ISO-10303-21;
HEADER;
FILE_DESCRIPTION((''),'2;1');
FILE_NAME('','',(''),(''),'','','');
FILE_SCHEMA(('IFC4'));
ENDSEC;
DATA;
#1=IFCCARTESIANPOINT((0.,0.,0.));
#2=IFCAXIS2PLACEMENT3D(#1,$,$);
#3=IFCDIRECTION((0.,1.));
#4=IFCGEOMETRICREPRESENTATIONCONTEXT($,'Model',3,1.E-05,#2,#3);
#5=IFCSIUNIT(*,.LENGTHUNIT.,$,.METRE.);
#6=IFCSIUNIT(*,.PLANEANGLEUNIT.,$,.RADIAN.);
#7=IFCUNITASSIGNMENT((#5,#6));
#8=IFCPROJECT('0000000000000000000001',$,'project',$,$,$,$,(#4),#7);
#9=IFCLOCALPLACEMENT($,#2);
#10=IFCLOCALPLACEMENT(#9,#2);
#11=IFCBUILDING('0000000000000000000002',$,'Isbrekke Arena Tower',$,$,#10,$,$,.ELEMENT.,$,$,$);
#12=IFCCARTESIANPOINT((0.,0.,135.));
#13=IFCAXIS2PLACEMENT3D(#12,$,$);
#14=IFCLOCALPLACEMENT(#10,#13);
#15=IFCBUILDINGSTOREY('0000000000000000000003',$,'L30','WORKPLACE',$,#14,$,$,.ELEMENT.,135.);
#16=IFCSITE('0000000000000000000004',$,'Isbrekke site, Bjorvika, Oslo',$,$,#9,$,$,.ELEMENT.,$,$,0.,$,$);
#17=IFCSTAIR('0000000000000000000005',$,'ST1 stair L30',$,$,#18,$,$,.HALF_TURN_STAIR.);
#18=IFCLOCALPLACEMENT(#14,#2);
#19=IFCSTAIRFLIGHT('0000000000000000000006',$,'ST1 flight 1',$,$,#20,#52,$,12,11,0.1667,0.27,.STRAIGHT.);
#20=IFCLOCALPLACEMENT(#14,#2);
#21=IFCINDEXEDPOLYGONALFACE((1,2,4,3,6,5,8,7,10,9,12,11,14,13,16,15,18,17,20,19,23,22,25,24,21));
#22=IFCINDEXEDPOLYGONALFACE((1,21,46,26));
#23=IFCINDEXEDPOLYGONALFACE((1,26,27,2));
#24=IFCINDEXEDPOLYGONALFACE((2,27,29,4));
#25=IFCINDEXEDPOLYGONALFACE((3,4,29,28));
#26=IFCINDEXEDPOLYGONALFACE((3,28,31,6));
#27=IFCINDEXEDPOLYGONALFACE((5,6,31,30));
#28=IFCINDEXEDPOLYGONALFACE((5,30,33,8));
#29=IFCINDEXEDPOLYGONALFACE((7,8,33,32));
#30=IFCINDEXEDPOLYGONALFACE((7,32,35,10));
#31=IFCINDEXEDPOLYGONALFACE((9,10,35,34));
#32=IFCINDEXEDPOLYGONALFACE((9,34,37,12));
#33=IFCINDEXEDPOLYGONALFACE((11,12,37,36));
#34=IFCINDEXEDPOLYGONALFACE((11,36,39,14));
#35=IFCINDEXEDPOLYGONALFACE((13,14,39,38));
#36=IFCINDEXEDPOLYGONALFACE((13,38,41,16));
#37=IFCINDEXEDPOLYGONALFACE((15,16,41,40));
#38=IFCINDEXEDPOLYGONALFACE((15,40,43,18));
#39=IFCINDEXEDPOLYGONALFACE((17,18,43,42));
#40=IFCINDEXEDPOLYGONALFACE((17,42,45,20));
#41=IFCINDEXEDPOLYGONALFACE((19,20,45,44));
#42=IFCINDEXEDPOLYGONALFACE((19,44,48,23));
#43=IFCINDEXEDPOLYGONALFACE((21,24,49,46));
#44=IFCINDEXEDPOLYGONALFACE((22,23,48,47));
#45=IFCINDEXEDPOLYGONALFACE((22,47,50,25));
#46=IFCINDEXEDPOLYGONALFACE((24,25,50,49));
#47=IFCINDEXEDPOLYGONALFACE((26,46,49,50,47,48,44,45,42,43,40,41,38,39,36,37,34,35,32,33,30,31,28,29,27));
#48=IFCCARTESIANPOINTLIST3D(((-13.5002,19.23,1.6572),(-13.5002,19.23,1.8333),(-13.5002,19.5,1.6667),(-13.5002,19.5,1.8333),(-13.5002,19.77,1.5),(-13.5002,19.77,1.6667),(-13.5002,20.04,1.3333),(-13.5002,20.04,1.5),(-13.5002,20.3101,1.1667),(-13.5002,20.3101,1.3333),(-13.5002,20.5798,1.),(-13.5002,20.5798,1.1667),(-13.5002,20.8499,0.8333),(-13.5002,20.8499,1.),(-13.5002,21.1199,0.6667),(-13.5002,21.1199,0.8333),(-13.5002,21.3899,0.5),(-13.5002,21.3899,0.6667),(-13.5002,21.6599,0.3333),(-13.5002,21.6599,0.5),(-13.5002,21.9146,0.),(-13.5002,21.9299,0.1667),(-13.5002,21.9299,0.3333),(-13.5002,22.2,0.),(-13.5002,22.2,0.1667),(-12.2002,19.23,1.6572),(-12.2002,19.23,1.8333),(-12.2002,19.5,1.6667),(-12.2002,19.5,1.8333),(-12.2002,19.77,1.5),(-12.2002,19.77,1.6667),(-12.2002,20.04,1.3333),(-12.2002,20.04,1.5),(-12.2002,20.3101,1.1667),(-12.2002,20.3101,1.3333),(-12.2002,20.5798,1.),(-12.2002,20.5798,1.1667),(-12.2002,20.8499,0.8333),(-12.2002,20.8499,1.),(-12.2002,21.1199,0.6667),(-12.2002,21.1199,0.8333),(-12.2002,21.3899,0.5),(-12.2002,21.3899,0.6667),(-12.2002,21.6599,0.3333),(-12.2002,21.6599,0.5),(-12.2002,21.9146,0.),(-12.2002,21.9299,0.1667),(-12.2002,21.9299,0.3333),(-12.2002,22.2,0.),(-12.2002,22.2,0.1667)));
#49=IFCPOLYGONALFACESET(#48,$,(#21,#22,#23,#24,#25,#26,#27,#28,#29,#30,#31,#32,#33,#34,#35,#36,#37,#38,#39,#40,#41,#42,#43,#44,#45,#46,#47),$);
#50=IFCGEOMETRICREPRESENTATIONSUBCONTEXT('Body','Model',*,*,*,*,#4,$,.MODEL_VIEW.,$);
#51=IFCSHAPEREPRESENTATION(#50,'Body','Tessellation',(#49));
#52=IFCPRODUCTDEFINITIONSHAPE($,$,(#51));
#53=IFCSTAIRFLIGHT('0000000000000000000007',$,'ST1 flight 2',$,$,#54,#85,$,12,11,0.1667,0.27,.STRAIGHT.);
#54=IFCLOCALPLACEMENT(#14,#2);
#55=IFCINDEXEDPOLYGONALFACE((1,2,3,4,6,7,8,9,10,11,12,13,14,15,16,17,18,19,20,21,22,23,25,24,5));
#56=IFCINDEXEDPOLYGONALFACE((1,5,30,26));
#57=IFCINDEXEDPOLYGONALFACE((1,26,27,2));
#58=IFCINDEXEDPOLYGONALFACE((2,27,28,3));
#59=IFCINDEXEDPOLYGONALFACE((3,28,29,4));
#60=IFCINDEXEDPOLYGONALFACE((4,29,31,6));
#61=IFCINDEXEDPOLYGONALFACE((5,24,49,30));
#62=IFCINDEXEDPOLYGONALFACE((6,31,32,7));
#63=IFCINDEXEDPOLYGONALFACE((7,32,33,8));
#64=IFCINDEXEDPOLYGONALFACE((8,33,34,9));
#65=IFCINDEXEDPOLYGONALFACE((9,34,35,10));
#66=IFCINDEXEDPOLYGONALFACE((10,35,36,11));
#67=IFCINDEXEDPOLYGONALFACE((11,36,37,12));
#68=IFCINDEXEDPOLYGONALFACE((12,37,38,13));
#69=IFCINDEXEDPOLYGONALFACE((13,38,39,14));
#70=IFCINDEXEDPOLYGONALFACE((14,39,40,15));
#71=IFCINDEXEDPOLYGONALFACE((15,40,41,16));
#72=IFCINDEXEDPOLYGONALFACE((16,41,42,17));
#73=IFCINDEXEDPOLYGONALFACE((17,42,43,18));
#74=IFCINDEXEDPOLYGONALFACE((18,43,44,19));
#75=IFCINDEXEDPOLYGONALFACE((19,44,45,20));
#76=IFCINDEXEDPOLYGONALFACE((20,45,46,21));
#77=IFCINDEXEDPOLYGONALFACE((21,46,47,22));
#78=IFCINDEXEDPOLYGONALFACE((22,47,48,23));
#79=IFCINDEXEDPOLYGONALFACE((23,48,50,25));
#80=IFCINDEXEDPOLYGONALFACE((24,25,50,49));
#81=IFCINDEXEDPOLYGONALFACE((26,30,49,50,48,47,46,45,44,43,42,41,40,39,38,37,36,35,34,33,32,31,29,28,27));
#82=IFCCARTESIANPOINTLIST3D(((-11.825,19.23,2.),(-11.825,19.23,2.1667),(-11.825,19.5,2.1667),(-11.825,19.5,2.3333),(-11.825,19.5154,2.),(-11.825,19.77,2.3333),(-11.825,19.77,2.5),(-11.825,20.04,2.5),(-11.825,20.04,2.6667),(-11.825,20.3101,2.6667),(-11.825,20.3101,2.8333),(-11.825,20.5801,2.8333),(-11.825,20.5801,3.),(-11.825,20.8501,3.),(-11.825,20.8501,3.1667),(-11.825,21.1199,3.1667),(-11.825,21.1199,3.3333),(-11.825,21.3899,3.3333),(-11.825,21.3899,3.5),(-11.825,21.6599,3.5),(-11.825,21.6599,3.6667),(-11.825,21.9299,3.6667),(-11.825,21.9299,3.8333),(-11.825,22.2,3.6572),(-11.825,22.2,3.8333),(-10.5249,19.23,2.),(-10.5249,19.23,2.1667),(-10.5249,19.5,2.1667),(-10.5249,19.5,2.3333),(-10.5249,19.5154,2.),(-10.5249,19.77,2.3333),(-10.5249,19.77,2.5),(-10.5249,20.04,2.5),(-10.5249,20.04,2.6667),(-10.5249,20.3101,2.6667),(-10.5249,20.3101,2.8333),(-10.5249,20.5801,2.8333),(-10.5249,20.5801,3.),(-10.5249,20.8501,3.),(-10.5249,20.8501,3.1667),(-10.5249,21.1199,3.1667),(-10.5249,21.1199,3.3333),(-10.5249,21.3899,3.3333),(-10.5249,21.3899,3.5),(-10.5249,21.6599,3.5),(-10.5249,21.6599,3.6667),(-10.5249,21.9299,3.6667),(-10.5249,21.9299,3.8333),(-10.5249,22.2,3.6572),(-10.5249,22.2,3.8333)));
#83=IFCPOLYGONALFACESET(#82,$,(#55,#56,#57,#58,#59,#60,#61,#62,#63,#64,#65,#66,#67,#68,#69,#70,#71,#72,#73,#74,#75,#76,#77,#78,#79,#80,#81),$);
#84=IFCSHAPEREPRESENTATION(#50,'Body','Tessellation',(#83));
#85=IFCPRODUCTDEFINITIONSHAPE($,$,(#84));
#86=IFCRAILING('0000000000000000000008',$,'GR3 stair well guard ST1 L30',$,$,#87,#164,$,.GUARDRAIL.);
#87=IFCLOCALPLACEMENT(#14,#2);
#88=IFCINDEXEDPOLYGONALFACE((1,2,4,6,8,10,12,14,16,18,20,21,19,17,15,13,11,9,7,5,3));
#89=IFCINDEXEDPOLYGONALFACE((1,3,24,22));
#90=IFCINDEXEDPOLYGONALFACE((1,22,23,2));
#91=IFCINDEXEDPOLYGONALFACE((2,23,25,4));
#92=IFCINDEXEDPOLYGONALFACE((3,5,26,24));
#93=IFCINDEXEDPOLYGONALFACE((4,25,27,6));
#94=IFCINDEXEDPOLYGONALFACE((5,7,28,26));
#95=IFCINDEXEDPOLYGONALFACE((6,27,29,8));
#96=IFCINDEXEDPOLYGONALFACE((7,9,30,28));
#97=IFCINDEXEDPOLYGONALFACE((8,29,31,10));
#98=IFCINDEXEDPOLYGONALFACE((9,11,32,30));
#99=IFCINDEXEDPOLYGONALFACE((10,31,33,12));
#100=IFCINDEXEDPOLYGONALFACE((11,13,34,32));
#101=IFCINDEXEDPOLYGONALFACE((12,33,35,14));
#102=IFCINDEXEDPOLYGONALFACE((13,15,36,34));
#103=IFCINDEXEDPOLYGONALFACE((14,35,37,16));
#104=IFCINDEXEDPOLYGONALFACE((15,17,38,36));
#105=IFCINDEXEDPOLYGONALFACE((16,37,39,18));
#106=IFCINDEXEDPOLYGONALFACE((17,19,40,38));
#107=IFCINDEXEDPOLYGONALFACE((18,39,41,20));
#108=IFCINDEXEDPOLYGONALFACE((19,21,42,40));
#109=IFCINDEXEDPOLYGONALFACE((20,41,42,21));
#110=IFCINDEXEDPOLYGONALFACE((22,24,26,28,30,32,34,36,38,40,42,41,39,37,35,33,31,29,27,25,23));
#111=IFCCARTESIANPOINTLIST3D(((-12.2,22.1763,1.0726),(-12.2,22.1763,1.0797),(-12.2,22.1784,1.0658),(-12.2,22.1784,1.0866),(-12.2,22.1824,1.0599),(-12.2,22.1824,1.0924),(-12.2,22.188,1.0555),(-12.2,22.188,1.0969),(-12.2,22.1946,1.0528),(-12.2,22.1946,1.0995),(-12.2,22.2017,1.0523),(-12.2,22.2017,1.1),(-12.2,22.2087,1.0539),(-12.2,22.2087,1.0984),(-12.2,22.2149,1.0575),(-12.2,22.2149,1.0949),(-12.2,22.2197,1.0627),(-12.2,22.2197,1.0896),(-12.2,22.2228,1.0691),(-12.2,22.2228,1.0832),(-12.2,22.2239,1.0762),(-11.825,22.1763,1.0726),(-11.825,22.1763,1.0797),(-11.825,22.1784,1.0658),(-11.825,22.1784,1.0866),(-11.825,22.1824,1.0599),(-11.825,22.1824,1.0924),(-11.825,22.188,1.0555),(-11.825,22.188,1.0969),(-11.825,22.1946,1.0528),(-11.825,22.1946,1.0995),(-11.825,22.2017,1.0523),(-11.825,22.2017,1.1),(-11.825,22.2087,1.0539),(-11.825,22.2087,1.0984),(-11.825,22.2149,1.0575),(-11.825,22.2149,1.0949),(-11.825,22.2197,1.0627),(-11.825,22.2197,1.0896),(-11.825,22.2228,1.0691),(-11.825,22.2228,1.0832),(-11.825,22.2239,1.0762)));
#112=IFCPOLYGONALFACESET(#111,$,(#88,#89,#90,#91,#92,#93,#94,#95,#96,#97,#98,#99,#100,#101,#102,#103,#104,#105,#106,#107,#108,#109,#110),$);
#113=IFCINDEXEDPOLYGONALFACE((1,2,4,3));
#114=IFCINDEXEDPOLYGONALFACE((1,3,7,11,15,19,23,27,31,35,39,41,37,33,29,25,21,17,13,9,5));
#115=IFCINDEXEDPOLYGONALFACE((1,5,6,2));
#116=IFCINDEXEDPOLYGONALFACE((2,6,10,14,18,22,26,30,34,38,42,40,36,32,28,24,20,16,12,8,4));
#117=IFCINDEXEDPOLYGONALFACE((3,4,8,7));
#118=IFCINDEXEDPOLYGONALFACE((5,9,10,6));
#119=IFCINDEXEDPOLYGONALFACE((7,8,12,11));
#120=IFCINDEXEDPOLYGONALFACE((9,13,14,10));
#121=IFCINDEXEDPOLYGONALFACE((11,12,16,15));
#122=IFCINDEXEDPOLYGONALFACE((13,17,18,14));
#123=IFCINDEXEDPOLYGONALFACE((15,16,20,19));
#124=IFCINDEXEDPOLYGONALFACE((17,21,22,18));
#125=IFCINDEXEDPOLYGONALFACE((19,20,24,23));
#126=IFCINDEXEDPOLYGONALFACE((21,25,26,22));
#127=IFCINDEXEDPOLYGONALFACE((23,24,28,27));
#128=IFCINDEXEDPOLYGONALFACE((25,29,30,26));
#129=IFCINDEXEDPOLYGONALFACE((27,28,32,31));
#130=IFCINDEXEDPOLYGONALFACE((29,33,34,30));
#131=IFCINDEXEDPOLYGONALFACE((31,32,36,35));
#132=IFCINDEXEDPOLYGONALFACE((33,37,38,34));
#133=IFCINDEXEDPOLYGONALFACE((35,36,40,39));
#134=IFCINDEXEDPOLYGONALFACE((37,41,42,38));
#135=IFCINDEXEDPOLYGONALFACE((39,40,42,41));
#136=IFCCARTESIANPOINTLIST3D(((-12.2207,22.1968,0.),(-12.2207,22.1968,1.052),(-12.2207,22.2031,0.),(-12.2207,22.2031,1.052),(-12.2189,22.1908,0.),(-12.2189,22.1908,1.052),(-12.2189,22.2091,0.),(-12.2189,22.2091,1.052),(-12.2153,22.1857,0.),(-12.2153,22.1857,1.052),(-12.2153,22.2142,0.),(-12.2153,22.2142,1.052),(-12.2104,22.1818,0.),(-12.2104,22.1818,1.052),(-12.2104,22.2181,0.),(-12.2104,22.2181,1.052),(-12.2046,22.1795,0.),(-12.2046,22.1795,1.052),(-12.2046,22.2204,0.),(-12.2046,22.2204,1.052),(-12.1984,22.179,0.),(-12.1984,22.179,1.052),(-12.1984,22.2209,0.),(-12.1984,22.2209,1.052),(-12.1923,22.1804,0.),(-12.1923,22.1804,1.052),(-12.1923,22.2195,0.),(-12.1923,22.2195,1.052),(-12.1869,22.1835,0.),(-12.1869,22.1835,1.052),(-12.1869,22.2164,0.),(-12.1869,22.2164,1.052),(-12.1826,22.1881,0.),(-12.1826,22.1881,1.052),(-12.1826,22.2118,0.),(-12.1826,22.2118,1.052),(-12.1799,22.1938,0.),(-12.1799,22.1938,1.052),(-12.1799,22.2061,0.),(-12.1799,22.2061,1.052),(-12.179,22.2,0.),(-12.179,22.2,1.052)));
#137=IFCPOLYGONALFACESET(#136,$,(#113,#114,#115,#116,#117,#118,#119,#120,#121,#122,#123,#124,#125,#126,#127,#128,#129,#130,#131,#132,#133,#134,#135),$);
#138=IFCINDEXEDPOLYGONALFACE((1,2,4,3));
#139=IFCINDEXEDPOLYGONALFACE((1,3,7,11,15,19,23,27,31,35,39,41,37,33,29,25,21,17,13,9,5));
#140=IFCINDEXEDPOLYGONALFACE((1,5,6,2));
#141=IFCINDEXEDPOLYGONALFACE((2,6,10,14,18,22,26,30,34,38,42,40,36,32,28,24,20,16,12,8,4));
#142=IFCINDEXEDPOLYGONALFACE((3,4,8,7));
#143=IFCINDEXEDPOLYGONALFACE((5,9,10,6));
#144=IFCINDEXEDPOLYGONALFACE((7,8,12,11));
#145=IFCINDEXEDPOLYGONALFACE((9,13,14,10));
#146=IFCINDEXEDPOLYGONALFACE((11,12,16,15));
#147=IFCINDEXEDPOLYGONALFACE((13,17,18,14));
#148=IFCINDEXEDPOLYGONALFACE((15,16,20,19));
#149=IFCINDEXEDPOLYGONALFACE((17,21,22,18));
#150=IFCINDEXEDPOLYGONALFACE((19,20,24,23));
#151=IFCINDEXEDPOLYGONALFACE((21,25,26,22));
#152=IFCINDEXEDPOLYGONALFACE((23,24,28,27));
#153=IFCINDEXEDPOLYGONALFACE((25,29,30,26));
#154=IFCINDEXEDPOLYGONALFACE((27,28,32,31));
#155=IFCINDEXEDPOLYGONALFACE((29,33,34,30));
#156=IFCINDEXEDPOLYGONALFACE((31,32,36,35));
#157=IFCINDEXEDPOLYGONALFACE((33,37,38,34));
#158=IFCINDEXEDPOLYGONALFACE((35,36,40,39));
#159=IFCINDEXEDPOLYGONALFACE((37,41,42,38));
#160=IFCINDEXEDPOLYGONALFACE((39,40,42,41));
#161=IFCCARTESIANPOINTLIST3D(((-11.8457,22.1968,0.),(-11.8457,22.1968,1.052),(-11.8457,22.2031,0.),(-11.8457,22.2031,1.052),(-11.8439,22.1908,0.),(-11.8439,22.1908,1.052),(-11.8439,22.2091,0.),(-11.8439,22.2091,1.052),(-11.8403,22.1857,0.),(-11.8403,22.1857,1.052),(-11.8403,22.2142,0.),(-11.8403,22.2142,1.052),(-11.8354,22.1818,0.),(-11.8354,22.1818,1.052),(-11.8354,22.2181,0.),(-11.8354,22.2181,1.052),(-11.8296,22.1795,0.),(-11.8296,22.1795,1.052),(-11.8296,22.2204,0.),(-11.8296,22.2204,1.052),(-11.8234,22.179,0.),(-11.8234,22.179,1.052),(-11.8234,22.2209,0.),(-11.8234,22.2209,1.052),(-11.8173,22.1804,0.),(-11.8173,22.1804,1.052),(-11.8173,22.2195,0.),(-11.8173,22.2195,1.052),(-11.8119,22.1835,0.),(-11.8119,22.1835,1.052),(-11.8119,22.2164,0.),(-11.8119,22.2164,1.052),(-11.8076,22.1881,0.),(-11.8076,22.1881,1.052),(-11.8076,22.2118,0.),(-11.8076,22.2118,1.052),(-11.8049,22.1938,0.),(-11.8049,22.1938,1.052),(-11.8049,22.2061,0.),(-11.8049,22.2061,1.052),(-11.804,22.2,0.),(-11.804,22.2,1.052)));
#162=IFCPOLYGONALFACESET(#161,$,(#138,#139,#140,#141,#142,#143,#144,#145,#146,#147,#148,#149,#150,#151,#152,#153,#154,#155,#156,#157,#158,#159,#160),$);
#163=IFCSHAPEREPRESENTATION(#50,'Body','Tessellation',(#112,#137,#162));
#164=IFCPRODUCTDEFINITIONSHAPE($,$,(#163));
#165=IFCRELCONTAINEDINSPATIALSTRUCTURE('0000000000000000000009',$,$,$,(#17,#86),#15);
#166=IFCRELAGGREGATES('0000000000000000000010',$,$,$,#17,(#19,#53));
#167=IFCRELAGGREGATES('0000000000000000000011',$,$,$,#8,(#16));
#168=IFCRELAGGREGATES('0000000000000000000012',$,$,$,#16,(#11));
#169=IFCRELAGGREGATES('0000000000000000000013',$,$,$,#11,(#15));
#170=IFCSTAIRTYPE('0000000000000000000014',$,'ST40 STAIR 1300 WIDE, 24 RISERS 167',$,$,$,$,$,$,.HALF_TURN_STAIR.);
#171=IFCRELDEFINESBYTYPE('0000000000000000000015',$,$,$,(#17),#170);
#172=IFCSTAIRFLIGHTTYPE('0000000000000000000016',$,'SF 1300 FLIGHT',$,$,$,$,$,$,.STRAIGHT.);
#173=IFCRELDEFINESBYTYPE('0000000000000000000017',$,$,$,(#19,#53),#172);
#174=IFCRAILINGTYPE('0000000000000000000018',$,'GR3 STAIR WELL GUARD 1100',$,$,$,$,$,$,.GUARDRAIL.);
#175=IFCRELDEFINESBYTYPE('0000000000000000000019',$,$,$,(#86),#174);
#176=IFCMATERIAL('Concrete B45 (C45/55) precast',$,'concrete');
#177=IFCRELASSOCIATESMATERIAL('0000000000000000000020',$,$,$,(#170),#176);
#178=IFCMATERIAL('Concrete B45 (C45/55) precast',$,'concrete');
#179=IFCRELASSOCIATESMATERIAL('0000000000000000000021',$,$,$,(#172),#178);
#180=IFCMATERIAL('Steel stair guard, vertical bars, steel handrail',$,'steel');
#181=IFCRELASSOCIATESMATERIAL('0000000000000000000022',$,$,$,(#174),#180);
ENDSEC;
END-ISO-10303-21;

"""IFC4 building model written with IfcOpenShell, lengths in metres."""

from ifc_helpers import new_model, si_unit, direction, frame, origin, origin_2d, place, context, subcontext, project, spatial, polyline, circle, outline, extrude, material, type_object, element, aggregate, save


model = new_model("IFC4")

# Units and contexts
model_context = context("Model", 3, precision=1e-05, world=origin(), true_north=direction((0.0, 1.0)))
body_context = subcontext(model_context, "Body", "Model", "MODEL_VIEW")
ifc_project = project(units=[si_unit("LENGTHUNIT", "METRE"), si_unit("PLANEANGLEUNIT", "RADIAN")], contexts=[model_context])

# Site, building, storey
site_placement = place(None, origin())
site = spatial("IfcSite", under=ifc_project, at=site_placement, Name="Isbrekke site, Bjorvika, Oslo", CompositionType="ELEMENT", RefElevation=0.0)
building_placement = place(site_placement, origin())
building = spatial("IfcBuilding", under=site, at=building_placement, Name="Isbrekke Arena Tower", CompositionType="ELEMENT")
storey_placement = place(building_placement, frame((0.0, 0.0, 135.0)))
storey = spatial("IfcBuildingStorey", under=building, at=storey_placement, Name="L30", Description="WORKPLACE", CompositionType="ELEMENT", Elevation=135.0)

# Stair, stair flights
ifc_material_1 = material(Name="Concrete B45 (C45/55) precast", Category="concrete")
stair_type = type_object("IfcStairType", Name="ST40 STAIR 1300 WIDE, 24 RISERS 167", PredefinedType="HALF_TURN_STAIR", material=ifc_material_1)
stair_placement = place(storey_placement, origin())
stair = element("IfcStair", 1, at=stair_placement, inside=storey, type_object=stair_type, Name="ST1 stair L30", PredefinedType="HALF_TURN_STAIR")
ifc_material_2 = material(Name="Concrete B45 (C45/55) precast", Category="concrete")
stair_flight_type = type_object("IfcStairFlightType", Name="SF 1300 FLIGHT", PredefinedType="STRAIGHT", material=ifc_material_2)
stair_flight_1_placement = place(storey_placement, frame((-12.8501, 22.2, 0.0), z_axis=(0.0, 0.0, 1.0), x_axis=(0.0, -1.0, 0.0)))
stair_flight_1 = element("IfcStairFlight", 2, at=stair_flight_1_placement, type_object=stair_flight_type, Name="ST1 flight 1", NumberOfRisers=12, NumberOfTreads=11, PredefinedType="STRAIGHT", RiserHeight=0.1667, TreadLength=0.27, context=body_context, shape_type="SweptSolid", body=[
    extrude(outline(polyline([(0.0, 0.0), (0.0, 0.1667), (0.27, 0.1667), (0.27, 0.3333), (0.54, 0.3333), (0.54, 0.5), (0.8101, 0.5), (0.8101, 0.6667), (1.0801, 0.6667), (1.0801, 0.8333), (1.3501, 0.8333), (1.3501, 1.0), (1.6201, 1.0), (1.6201, 1.1667), (1.8899, 1.1667), (1.8899, 1.3333), (2.1599, 1.3333), (2.1599, 1.5), (2.4299, 1.5), (2.4299, 1.6667), (2.7, 1.6667), (2.7, 1.8333), (2.97, 1.8333), (2.97, 2.0), (2.97, 1.6572), (0.2854, 0.0), (0.0, 0.0)])), frame((0.0, 0.6499, 0.0), z_axis=(0.0, -1.0, 0.0), x_axis=(1.0, 0.0, 0.0)), (0.0, 0.0, 1.0), 1.3),
])
stair_flight_2_placement = place(storey_placement, frame((-11.175, 19.23, 2.0), z_axis=(0.0, 0.0, 1.0), x_axis=(0.0, 1.0, 0.0)))
stair_flight_2 = element("IfcStairFlight", 3, at=stair_flight_2_placement, type_object=stair_flight_type, Name="ST1 flight 2", NumberOfRisers=12, NumberOfTreads=11, PredefinedType="STRAIGHT", RiserHeight=0.1667, TreadLength=0.27, context=body_context, shape_type="SweptSolid", body=[
    extrude(outline(polyline([(0.0, 0.0), (0.0, 0.1667), (0.27, 0.1667), (0.27, 0.3333), (0.54, 0.3333), (0.54, 0.5), (0.8101, 0.5), (0.8101, 0.6667), (1.0801, 0.6667), (1.0801, 0.8333), (1.3501, 0.8333), (1.3501, 1.0), (1.6201, 1.0), (1.6201, 1.1667), (1.8899, 1.1667), (1.8899, 1.3333), (2.1599, 1.3333), (2.1599, 1.5), (2.4299, 1.5), (2.4299, 1.6667), (2.7, 1.6667), (2.7, 1.8333), (2.97, 1.8333), (2.97, 2.0), (2.97, 1.6572), (0.2854, 0.0), (0.0, 0.0)])), frame((0.0, 0.6499, 0.0), z_axis=(0.0, -1.0, 0.0), x_axis=(1.0, 0.0, 0.0)), (0.0, 0.0, 1.0), 1.3),
])
aggregate(stair, [stair_flight_1, stair_flight_2])

# Railing
ifc_material_3 = material(Name="Steel stair guard, vertical bars, steel handrail", Category="steel")
railing_type = type_object("IfcRailingType", Name="GR3 STAIR WELL GUARD 1100", PredefinedType="GUARDRAIL", material=ifc_material_3)
for number, where, name in (
    (4, (-12.2, 22.2, 0.0), "GR3 stair well guard ST1 L30"),
):
    element("IfcRailing", number, at=place(storey_placement, frame(where)), inside=storey, type_object=railing_type, Name=name, PredefinedType="GUARDRAIL", context=body_context, shape_type="SweptSolid", body=[
        extrude(circle(Radius=0.0239, at=origin_2d()), frame((0.0, 0.0, 1.0762), z_axis=(1.0, 0.0, 0.0), x_axis=(0.0, 1.0, 0.0)), (0.0, 0.0, 1.0), 0.375),
        extrude(circle(Radius=0.021, at=origin_2d()), origin(), (0.0, 0.0, 1.0), 1.052),
        extrude(circle(Radius=0.021, at=origin_2d()), frame((0.375, 0.0, 0.0)), (0.0, 0.0, 1.0), 1.052),
    ])

save(model, "model.ifc")
